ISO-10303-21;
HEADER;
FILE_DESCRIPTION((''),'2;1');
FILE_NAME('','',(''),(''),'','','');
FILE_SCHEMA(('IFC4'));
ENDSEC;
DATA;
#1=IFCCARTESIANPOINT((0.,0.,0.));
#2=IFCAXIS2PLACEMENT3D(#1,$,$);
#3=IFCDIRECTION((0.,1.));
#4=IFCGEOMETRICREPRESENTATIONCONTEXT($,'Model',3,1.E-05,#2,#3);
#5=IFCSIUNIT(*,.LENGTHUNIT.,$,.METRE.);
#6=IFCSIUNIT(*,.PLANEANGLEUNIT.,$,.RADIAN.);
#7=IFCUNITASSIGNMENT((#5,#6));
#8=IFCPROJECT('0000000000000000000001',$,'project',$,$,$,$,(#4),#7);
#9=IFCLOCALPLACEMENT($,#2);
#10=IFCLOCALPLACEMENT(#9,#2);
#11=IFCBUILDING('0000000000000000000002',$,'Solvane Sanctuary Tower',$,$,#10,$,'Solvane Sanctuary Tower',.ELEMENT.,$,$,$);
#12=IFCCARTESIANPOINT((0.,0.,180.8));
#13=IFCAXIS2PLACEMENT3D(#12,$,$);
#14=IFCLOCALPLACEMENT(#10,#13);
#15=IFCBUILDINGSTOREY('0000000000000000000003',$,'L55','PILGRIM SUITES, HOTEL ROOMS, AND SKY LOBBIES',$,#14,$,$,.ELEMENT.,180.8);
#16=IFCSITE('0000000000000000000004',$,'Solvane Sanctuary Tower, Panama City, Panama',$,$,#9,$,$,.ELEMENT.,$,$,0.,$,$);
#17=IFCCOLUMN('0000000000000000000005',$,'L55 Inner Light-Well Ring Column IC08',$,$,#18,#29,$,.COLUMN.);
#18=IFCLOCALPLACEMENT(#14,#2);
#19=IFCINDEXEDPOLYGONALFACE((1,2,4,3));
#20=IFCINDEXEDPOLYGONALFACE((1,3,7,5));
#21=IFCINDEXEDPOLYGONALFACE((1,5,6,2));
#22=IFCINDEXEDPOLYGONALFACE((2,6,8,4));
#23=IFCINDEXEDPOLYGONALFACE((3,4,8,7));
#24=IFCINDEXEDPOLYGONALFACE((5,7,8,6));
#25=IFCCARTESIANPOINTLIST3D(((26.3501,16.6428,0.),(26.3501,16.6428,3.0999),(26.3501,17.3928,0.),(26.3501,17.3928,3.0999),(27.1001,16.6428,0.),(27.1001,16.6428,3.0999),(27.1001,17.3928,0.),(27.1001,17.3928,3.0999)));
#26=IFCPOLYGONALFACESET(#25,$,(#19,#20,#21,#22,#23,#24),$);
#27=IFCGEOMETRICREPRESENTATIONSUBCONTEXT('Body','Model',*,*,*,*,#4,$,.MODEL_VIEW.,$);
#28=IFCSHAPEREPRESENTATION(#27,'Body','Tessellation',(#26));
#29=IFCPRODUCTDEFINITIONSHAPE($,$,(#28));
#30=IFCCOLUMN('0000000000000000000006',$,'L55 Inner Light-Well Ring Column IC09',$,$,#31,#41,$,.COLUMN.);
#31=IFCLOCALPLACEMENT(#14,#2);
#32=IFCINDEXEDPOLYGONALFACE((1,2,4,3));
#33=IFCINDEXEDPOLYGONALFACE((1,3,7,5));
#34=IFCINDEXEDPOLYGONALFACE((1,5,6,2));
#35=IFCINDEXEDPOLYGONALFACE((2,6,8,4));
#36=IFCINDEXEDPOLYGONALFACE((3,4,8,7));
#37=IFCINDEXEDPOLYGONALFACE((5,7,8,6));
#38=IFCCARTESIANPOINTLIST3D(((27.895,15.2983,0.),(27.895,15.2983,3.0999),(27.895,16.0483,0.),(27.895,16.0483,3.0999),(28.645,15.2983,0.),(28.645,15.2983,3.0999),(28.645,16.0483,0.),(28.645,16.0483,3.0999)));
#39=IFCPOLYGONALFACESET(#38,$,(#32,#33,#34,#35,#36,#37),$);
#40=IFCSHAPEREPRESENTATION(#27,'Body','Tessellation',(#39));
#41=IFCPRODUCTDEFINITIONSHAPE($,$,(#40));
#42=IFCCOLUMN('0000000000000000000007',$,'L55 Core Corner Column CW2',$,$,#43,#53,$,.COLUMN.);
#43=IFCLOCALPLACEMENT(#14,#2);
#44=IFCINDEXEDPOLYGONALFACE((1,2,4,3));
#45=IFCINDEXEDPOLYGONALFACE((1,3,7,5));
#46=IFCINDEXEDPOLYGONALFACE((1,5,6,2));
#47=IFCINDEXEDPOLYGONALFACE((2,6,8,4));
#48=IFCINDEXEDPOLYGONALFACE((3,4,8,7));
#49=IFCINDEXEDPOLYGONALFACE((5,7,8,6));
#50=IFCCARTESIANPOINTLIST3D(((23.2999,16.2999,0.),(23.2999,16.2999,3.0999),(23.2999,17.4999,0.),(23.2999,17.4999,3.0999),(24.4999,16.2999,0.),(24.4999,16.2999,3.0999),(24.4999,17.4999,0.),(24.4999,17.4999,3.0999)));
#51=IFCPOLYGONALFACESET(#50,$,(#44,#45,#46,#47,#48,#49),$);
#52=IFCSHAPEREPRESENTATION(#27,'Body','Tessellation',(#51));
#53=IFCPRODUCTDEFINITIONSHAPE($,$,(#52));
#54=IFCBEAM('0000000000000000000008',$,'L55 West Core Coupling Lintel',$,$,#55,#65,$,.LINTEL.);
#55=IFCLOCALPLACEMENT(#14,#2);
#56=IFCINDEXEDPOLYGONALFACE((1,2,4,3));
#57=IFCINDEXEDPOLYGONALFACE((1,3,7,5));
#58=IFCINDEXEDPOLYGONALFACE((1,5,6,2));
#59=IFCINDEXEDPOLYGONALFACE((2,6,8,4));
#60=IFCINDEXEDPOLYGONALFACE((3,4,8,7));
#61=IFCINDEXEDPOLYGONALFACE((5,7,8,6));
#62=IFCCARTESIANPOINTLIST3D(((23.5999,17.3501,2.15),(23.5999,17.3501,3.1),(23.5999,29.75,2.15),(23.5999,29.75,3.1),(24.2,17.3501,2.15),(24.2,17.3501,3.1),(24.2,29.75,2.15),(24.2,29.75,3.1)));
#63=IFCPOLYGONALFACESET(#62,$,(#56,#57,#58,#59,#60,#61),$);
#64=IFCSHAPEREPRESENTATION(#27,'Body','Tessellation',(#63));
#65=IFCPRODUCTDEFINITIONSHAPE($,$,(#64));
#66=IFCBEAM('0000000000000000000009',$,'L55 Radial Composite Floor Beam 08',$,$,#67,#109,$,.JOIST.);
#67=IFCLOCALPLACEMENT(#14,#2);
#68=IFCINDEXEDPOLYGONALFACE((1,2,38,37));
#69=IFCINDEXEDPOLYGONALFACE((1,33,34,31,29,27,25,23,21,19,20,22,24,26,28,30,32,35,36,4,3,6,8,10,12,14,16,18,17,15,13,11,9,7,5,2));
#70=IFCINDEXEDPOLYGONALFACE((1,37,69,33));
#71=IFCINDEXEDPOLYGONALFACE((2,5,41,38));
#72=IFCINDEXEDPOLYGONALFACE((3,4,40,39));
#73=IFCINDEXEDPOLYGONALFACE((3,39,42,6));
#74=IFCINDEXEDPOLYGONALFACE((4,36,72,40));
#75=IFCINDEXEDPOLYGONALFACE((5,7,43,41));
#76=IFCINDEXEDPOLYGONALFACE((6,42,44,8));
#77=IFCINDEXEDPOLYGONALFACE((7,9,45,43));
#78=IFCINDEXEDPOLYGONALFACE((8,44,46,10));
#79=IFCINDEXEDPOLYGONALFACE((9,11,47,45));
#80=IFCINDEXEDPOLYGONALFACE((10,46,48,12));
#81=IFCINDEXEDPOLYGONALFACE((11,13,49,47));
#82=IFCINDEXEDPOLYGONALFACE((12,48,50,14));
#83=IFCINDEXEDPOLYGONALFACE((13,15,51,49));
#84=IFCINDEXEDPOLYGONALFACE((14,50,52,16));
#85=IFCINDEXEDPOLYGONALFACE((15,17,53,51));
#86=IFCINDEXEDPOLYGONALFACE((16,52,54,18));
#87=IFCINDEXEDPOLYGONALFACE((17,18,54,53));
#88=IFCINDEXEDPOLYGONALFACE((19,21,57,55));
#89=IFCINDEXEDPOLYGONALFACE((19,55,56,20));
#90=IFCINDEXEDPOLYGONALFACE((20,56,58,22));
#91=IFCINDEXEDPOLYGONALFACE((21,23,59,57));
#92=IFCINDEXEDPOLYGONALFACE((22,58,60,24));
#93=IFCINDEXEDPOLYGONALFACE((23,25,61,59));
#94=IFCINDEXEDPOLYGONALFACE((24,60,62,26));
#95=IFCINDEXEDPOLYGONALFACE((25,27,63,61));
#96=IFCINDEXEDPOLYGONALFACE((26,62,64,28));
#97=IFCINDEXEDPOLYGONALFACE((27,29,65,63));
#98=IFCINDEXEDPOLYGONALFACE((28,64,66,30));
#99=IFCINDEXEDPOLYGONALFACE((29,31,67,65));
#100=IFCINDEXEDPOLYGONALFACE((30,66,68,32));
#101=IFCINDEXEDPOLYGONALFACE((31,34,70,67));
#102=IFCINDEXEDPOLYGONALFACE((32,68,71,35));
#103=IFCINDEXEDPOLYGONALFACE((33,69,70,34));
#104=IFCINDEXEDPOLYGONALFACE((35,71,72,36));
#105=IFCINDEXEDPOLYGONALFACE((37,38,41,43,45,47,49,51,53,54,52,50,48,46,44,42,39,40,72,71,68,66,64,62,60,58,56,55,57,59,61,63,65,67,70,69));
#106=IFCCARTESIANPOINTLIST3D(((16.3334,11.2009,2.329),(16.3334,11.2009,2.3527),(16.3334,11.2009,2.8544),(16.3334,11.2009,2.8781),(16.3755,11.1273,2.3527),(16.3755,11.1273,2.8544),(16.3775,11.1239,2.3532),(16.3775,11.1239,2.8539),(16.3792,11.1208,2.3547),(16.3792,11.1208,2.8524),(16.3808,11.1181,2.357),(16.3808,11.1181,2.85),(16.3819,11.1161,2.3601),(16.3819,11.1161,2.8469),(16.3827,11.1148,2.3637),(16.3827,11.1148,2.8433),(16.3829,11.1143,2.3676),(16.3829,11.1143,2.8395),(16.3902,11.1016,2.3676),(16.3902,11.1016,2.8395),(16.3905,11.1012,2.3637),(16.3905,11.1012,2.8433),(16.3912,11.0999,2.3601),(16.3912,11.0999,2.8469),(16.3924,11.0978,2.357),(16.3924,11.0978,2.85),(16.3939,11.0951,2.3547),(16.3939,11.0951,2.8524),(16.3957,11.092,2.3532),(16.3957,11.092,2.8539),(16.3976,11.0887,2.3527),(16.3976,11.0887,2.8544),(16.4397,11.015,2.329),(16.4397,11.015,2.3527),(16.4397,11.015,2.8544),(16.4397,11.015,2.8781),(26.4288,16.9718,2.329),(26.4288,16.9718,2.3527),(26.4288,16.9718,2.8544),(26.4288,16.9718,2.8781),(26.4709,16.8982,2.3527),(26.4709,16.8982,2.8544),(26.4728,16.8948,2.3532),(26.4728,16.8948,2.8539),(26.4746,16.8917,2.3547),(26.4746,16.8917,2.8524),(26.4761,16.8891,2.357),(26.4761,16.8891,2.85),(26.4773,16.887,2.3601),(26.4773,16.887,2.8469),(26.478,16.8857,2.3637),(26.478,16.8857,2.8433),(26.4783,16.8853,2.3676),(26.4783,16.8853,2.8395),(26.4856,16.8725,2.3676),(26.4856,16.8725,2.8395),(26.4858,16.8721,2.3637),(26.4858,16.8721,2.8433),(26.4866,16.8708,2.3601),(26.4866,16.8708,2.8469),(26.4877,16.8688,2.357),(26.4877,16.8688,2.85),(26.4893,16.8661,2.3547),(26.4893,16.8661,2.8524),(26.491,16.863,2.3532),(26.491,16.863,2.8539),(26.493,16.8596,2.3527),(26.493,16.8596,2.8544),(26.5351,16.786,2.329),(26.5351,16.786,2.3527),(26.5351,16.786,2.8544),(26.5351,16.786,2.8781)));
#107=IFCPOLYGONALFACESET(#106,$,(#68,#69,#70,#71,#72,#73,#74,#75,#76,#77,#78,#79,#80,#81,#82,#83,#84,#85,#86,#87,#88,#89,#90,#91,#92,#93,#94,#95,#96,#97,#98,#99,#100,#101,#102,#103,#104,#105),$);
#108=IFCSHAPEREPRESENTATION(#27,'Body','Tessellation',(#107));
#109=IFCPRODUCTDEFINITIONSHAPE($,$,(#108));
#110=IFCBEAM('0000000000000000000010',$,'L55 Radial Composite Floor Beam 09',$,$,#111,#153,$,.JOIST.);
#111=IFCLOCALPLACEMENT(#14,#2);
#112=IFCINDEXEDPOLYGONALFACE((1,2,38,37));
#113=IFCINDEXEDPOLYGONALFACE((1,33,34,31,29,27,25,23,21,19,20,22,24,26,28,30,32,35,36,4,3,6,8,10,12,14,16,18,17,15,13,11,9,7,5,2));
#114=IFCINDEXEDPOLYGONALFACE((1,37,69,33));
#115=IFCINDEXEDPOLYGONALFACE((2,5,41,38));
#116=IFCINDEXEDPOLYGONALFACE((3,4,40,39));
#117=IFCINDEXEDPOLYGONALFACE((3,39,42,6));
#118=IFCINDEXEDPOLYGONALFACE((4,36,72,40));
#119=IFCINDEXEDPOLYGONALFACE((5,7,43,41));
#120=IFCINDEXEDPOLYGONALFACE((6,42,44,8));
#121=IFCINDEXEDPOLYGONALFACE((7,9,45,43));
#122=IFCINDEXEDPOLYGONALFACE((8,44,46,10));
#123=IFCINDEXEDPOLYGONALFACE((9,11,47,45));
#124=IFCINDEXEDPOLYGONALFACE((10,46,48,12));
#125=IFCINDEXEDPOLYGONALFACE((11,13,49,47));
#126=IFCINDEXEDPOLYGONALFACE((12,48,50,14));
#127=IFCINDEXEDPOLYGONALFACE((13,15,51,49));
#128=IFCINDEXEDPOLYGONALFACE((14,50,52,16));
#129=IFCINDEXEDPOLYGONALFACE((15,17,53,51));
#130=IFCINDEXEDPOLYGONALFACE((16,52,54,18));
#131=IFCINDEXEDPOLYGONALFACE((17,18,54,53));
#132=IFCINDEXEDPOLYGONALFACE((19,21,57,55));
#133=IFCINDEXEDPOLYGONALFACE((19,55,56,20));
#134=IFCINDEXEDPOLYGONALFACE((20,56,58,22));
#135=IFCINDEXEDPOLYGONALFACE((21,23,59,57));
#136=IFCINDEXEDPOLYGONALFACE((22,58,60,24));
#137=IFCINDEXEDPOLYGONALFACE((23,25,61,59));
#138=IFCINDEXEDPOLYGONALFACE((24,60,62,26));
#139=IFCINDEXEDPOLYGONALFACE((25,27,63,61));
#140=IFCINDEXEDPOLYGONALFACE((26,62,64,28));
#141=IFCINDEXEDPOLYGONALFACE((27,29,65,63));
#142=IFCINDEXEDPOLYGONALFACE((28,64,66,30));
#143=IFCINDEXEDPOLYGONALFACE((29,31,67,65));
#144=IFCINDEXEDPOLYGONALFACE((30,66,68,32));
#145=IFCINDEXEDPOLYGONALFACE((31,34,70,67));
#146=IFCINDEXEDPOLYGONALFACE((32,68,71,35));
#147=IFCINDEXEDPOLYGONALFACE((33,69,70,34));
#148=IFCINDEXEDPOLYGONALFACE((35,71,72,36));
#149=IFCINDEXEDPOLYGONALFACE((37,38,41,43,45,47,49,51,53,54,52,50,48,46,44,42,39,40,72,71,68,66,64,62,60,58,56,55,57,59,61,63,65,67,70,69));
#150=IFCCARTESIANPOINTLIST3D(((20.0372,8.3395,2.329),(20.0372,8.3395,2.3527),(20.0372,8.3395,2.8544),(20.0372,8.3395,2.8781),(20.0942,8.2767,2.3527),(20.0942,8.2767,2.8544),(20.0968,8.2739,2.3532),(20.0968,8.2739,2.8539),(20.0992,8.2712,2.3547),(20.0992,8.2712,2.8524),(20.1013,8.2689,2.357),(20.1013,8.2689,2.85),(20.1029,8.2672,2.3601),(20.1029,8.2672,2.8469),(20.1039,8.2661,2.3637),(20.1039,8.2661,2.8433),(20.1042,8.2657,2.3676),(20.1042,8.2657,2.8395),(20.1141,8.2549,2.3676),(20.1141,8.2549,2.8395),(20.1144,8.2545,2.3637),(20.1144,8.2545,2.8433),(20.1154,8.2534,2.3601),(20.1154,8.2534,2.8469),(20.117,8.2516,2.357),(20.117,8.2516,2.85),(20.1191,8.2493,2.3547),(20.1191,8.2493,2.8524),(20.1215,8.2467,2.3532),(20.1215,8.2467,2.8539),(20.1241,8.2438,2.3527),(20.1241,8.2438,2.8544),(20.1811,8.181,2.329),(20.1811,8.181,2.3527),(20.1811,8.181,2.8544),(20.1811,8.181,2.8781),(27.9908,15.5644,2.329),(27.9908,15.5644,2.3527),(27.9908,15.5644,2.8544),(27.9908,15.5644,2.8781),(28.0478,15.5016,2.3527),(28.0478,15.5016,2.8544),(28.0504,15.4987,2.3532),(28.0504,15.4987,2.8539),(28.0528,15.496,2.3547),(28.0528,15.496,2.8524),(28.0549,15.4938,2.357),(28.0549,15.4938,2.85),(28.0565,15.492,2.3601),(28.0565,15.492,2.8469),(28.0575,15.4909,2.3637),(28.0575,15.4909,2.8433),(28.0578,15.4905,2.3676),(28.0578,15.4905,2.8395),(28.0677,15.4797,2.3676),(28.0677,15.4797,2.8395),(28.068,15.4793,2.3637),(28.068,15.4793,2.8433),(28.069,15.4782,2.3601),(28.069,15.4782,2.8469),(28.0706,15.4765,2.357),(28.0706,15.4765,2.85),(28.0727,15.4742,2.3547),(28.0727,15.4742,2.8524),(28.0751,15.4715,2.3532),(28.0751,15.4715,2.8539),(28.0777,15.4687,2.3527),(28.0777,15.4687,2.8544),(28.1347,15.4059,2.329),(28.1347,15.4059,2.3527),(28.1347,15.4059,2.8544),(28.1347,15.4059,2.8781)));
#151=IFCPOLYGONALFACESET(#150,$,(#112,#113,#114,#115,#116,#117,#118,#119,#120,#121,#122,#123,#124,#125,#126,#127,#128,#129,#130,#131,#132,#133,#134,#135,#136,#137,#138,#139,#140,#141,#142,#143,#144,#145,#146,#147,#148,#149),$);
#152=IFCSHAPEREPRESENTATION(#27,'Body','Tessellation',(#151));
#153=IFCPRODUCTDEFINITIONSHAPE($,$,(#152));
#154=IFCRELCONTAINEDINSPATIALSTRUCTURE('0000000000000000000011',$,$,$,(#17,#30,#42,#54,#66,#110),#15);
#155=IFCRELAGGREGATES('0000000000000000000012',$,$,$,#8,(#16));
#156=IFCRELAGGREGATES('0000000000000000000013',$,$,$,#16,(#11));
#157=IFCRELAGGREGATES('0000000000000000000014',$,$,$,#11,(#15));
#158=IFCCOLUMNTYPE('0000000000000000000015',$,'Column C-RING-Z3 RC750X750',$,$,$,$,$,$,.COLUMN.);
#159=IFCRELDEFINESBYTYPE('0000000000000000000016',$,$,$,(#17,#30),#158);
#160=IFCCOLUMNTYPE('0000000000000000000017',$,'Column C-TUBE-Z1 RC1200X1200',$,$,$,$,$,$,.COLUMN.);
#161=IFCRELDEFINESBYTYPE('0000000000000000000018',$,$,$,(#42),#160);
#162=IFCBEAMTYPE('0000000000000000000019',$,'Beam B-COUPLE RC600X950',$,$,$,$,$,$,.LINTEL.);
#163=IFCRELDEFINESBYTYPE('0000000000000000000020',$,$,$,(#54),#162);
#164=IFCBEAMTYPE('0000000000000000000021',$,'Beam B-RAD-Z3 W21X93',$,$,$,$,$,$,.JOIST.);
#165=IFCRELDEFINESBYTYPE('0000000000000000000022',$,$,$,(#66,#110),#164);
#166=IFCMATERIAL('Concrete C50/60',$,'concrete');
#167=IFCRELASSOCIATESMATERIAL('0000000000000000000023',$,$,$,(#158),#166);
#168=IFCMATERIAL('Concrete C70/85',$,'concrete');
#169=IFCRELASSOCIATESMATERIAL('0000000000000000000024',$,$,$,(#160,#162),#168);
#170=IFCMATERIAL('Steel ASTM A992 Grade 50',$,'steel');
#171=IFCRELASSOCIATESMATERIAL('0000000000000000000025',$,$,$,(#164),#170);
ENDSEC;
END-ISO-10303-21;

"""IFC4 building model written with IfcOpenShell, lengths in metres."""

from ifc_helpers import new_model, si_unit, direction, frame, origin, origin_2d, place, context, subcontext, project, spatial, rectangle, i_section, extrude, material, material_profile, profile_set, type_object, element, save


model = new_model("IFC4")

# Units and contexts
model_context = context("Model", 3, precision=1e-05, world=origin(), true_north=direction((0.0, 1.0)))
body_context = subcontext(model_context, "Body", "Model", "MODEL_VIEW")
ifc_project = project(units=[si_unit("LENGTHUNIT", "METRE"), si_unit("PLANEANGLEUNIT", "RADIAN")], contexts=[model_context])

# Site, building, storey
site_placement = place(None, origin())
site = spatial("IfcSite", under=ifc_project, at=site_placement, Name="Solvane Sanctuary Tower, Panama City, Panama", CompositionType="ELEMENT", RefElevation=0.0)
building_placement = place(site_placement, origin())
building = spatial("IfcBuilding", under=site, at=building_placement, Name="Solvane Sanctuary Tower", LongName="Solvane Sanctuary Tower", CompositionType="ELEMENT")
storey_placement = place(building_placement, frame((0.0, 0.0, 180.8)))
storey = spatial("IfcBuildingStorey", under=building, at=storey_placement, Name="L55", Description="PILGRIM SUITES, HOTEL ROOMS, AND SKY LOBBIES", CompositionType="ELEMENT", Elevation=180.8)

# Columns
ifc_material_1 = material(Name="Concrete C50/60", Category="concrete")
ifc_material_profile_1 = material_profile(ifc_material_1, rectangle(XDim=0.75, YDim=0.75, at=origin_2d()), Name="RC750X750")
ifc_profile_set_1 = profile_set([ifc_material_profile_1], Name="Concrete C50/60")
column_type_1 = type_object("IfcColumnType", Name="Column C-RING-Z3 RC750X750", PredefinedType="COLUMN", material=ifc_profile_set_1)
for number, where, z_axis, x_axis, name in (
    (1, (26.7251, 17.0178, 0.0), (0.0, 0.0, 1.0), (1.0, 0.0, 0.0), "L55 Inner Light-Well Ring Column IC08"),
    (2, (28.27, 15.6733, 0.0), (0.0, 0.0, 1.0), (1.0, 0.0, 0.0), "L55 Inner Light-Well Ring Column IC09"),
):
    element("IfcColumn", number, at=place(storey_placement, frame(where, z_axis=z_axis, x_axis=x_axis)), inside=storey, type_object=column_type_1, Name=name, PredefinedType="COLUMN", context=body_context, shape_type="SweptSolid", body=[
        extrude(rectangle(XDim=0.75, YDim=0.75, at=origin_2d()), origin(), (0.0, 0.0, 1.0), 3.0999),
    ])
ifc_material_2 = material(Name="Concrete C70/85", Category="concrete")
ifc_material_profile_2 = material_profile(ifc_material_2, rectangle(XDim=1.2, YDim=1.2, at=origin_2d()), Name="RC1200X1200")
ifc_profile_set_2 = profile_set([ifc_material_profile_2], Name="Concrete C70/85")
column_type_2 = type_object("IfcColumnType", Name="Column C-TUBE-Z1 RC1200X1200", PredefinedType="COLUMN", material=ifc_profile_set_2)
column_placement = place(storey_placement, frame((23.8999, 16.8999, 0.0), z_axis=(0.0, 0.0, 1.0), x_axis=(1.0, 0.0, 0.0)))
element("IfcColumn", 3, at=column_placement, inside=storey, type_object=column_type_2, Name="L55 Core Corner Column CW2", PredefinedType="COLUMN", context=body_context, shape_type="SweptSolid", body=[
    extrude(rectangle(XDim=1.2, YDim=1.2, at=origin_2d()), origin(), (0.0, 0.0, 1.0), 3.0999),
])

# Beams
ifc_material_profile_3 = material_profile(ifc_material_2, rectangle(XDim=0.6001, YDim=0.95, at=origin_2d()), Name="RC600X950")
ifc_profile_set_3 = profile_set([ifc_material_profile_3], Name="Concrete C70/85")
beam_type_1 = type_object("IfcBeamType", Name="Beam B-COUPLE RC600X950", PredefinedType="LINTEL", material=ifc_profile_set_3)
beam_1_placement = place(storey_placement, frame((23.8999, 17.3501, 2.625), z_axis=(0.0, 1.0, 0.0), x_axis=(-1.0, 0.0, 0.0)))
element("IfcBeam", 4, at=beam_1_placement, inside=storey, type_object=beam_type_1, Name="L55 West Core Coupling Lintel", PredefinedType="LINTEL", context=body_context, shape_type="SweptSolid", body=[
    extrude(rectangle(XDim=0.6001, YDim=0.95, at=origin_2d()), origin(), (0.0, 0.0, 1.0), 12.3999),
])
ifc_material_3 = material(Name="Steel ASTM A992 Grade 50", Category="steel")
ifc_material_profile_4 = material_profile(ifc_material_3, i_section(OverallWidth=0.2141, OverallDepth=0.5491, WebThickness=0.0146, FlangeThickness=0.0237, FilletRadius=0.0149, at=origin_2d()), Name="W21X93")
ifc_profile_set_4 = profile_set([ifc_material_profile_4], Name="Steel ASTM A992 Grade 50")
beam_type_2 = type_object("IfcBeamType", Name="Beam B-RAD-Z3 W21X93", PredefinedType="JOIST", material=ifc_profile_set_4)
beam_2_placement = place(storey_placement, frame((26.4819, 16.8789, 2.6035), z_axis=(-0.868163, -0.496279, 0.0), x_axis=(0.496279, -0.868163, 0.0)))
element("IfcBeam", 5, at=beam_2_placement, inside=storey, type_object=beam_type_2, Name="L55 Radial Composite Floor Beam 08", PredefinedType="JOIST", context=body_context, shape_type="SweptSolid", body=[
    extrude(i_section(OverallWidth=0.2141, OverallDepth=0.5491, WebThickness=0.0146, FlangeThickness=0.0237, FilletRadius=0.0149, at=origin_2d()), origin(), (0.0, 0.0, 1.0), 11.6284),
])
beam_3_placement = place(storey_placement, frame((28.0627, 15.4851, 2.6035), z_axis=(-0.740204, -0.672382, 0.0), x_axis=(0.672382, -0.740204, 0.0)))
element("IfcBeam", 6, at=beam_3_placement, inside=storey, type_object=beam_type_2, Name="L55 Radial Composite Floor Beam 09", PredefinedType="JOIST", context=body_context, shape_type="SweptSolid", body=[
    extrude(i_section(OverallWidth=0.2141, OverallDepth=0.5491, WebThickness=0.0146, FlangeThickness=0.0237, FilletRadius=0.0149, at=origin_2d()), origin(), (0.0, 0.0, 1.0), 10.7451),
])

save(model, "model.ifc")
